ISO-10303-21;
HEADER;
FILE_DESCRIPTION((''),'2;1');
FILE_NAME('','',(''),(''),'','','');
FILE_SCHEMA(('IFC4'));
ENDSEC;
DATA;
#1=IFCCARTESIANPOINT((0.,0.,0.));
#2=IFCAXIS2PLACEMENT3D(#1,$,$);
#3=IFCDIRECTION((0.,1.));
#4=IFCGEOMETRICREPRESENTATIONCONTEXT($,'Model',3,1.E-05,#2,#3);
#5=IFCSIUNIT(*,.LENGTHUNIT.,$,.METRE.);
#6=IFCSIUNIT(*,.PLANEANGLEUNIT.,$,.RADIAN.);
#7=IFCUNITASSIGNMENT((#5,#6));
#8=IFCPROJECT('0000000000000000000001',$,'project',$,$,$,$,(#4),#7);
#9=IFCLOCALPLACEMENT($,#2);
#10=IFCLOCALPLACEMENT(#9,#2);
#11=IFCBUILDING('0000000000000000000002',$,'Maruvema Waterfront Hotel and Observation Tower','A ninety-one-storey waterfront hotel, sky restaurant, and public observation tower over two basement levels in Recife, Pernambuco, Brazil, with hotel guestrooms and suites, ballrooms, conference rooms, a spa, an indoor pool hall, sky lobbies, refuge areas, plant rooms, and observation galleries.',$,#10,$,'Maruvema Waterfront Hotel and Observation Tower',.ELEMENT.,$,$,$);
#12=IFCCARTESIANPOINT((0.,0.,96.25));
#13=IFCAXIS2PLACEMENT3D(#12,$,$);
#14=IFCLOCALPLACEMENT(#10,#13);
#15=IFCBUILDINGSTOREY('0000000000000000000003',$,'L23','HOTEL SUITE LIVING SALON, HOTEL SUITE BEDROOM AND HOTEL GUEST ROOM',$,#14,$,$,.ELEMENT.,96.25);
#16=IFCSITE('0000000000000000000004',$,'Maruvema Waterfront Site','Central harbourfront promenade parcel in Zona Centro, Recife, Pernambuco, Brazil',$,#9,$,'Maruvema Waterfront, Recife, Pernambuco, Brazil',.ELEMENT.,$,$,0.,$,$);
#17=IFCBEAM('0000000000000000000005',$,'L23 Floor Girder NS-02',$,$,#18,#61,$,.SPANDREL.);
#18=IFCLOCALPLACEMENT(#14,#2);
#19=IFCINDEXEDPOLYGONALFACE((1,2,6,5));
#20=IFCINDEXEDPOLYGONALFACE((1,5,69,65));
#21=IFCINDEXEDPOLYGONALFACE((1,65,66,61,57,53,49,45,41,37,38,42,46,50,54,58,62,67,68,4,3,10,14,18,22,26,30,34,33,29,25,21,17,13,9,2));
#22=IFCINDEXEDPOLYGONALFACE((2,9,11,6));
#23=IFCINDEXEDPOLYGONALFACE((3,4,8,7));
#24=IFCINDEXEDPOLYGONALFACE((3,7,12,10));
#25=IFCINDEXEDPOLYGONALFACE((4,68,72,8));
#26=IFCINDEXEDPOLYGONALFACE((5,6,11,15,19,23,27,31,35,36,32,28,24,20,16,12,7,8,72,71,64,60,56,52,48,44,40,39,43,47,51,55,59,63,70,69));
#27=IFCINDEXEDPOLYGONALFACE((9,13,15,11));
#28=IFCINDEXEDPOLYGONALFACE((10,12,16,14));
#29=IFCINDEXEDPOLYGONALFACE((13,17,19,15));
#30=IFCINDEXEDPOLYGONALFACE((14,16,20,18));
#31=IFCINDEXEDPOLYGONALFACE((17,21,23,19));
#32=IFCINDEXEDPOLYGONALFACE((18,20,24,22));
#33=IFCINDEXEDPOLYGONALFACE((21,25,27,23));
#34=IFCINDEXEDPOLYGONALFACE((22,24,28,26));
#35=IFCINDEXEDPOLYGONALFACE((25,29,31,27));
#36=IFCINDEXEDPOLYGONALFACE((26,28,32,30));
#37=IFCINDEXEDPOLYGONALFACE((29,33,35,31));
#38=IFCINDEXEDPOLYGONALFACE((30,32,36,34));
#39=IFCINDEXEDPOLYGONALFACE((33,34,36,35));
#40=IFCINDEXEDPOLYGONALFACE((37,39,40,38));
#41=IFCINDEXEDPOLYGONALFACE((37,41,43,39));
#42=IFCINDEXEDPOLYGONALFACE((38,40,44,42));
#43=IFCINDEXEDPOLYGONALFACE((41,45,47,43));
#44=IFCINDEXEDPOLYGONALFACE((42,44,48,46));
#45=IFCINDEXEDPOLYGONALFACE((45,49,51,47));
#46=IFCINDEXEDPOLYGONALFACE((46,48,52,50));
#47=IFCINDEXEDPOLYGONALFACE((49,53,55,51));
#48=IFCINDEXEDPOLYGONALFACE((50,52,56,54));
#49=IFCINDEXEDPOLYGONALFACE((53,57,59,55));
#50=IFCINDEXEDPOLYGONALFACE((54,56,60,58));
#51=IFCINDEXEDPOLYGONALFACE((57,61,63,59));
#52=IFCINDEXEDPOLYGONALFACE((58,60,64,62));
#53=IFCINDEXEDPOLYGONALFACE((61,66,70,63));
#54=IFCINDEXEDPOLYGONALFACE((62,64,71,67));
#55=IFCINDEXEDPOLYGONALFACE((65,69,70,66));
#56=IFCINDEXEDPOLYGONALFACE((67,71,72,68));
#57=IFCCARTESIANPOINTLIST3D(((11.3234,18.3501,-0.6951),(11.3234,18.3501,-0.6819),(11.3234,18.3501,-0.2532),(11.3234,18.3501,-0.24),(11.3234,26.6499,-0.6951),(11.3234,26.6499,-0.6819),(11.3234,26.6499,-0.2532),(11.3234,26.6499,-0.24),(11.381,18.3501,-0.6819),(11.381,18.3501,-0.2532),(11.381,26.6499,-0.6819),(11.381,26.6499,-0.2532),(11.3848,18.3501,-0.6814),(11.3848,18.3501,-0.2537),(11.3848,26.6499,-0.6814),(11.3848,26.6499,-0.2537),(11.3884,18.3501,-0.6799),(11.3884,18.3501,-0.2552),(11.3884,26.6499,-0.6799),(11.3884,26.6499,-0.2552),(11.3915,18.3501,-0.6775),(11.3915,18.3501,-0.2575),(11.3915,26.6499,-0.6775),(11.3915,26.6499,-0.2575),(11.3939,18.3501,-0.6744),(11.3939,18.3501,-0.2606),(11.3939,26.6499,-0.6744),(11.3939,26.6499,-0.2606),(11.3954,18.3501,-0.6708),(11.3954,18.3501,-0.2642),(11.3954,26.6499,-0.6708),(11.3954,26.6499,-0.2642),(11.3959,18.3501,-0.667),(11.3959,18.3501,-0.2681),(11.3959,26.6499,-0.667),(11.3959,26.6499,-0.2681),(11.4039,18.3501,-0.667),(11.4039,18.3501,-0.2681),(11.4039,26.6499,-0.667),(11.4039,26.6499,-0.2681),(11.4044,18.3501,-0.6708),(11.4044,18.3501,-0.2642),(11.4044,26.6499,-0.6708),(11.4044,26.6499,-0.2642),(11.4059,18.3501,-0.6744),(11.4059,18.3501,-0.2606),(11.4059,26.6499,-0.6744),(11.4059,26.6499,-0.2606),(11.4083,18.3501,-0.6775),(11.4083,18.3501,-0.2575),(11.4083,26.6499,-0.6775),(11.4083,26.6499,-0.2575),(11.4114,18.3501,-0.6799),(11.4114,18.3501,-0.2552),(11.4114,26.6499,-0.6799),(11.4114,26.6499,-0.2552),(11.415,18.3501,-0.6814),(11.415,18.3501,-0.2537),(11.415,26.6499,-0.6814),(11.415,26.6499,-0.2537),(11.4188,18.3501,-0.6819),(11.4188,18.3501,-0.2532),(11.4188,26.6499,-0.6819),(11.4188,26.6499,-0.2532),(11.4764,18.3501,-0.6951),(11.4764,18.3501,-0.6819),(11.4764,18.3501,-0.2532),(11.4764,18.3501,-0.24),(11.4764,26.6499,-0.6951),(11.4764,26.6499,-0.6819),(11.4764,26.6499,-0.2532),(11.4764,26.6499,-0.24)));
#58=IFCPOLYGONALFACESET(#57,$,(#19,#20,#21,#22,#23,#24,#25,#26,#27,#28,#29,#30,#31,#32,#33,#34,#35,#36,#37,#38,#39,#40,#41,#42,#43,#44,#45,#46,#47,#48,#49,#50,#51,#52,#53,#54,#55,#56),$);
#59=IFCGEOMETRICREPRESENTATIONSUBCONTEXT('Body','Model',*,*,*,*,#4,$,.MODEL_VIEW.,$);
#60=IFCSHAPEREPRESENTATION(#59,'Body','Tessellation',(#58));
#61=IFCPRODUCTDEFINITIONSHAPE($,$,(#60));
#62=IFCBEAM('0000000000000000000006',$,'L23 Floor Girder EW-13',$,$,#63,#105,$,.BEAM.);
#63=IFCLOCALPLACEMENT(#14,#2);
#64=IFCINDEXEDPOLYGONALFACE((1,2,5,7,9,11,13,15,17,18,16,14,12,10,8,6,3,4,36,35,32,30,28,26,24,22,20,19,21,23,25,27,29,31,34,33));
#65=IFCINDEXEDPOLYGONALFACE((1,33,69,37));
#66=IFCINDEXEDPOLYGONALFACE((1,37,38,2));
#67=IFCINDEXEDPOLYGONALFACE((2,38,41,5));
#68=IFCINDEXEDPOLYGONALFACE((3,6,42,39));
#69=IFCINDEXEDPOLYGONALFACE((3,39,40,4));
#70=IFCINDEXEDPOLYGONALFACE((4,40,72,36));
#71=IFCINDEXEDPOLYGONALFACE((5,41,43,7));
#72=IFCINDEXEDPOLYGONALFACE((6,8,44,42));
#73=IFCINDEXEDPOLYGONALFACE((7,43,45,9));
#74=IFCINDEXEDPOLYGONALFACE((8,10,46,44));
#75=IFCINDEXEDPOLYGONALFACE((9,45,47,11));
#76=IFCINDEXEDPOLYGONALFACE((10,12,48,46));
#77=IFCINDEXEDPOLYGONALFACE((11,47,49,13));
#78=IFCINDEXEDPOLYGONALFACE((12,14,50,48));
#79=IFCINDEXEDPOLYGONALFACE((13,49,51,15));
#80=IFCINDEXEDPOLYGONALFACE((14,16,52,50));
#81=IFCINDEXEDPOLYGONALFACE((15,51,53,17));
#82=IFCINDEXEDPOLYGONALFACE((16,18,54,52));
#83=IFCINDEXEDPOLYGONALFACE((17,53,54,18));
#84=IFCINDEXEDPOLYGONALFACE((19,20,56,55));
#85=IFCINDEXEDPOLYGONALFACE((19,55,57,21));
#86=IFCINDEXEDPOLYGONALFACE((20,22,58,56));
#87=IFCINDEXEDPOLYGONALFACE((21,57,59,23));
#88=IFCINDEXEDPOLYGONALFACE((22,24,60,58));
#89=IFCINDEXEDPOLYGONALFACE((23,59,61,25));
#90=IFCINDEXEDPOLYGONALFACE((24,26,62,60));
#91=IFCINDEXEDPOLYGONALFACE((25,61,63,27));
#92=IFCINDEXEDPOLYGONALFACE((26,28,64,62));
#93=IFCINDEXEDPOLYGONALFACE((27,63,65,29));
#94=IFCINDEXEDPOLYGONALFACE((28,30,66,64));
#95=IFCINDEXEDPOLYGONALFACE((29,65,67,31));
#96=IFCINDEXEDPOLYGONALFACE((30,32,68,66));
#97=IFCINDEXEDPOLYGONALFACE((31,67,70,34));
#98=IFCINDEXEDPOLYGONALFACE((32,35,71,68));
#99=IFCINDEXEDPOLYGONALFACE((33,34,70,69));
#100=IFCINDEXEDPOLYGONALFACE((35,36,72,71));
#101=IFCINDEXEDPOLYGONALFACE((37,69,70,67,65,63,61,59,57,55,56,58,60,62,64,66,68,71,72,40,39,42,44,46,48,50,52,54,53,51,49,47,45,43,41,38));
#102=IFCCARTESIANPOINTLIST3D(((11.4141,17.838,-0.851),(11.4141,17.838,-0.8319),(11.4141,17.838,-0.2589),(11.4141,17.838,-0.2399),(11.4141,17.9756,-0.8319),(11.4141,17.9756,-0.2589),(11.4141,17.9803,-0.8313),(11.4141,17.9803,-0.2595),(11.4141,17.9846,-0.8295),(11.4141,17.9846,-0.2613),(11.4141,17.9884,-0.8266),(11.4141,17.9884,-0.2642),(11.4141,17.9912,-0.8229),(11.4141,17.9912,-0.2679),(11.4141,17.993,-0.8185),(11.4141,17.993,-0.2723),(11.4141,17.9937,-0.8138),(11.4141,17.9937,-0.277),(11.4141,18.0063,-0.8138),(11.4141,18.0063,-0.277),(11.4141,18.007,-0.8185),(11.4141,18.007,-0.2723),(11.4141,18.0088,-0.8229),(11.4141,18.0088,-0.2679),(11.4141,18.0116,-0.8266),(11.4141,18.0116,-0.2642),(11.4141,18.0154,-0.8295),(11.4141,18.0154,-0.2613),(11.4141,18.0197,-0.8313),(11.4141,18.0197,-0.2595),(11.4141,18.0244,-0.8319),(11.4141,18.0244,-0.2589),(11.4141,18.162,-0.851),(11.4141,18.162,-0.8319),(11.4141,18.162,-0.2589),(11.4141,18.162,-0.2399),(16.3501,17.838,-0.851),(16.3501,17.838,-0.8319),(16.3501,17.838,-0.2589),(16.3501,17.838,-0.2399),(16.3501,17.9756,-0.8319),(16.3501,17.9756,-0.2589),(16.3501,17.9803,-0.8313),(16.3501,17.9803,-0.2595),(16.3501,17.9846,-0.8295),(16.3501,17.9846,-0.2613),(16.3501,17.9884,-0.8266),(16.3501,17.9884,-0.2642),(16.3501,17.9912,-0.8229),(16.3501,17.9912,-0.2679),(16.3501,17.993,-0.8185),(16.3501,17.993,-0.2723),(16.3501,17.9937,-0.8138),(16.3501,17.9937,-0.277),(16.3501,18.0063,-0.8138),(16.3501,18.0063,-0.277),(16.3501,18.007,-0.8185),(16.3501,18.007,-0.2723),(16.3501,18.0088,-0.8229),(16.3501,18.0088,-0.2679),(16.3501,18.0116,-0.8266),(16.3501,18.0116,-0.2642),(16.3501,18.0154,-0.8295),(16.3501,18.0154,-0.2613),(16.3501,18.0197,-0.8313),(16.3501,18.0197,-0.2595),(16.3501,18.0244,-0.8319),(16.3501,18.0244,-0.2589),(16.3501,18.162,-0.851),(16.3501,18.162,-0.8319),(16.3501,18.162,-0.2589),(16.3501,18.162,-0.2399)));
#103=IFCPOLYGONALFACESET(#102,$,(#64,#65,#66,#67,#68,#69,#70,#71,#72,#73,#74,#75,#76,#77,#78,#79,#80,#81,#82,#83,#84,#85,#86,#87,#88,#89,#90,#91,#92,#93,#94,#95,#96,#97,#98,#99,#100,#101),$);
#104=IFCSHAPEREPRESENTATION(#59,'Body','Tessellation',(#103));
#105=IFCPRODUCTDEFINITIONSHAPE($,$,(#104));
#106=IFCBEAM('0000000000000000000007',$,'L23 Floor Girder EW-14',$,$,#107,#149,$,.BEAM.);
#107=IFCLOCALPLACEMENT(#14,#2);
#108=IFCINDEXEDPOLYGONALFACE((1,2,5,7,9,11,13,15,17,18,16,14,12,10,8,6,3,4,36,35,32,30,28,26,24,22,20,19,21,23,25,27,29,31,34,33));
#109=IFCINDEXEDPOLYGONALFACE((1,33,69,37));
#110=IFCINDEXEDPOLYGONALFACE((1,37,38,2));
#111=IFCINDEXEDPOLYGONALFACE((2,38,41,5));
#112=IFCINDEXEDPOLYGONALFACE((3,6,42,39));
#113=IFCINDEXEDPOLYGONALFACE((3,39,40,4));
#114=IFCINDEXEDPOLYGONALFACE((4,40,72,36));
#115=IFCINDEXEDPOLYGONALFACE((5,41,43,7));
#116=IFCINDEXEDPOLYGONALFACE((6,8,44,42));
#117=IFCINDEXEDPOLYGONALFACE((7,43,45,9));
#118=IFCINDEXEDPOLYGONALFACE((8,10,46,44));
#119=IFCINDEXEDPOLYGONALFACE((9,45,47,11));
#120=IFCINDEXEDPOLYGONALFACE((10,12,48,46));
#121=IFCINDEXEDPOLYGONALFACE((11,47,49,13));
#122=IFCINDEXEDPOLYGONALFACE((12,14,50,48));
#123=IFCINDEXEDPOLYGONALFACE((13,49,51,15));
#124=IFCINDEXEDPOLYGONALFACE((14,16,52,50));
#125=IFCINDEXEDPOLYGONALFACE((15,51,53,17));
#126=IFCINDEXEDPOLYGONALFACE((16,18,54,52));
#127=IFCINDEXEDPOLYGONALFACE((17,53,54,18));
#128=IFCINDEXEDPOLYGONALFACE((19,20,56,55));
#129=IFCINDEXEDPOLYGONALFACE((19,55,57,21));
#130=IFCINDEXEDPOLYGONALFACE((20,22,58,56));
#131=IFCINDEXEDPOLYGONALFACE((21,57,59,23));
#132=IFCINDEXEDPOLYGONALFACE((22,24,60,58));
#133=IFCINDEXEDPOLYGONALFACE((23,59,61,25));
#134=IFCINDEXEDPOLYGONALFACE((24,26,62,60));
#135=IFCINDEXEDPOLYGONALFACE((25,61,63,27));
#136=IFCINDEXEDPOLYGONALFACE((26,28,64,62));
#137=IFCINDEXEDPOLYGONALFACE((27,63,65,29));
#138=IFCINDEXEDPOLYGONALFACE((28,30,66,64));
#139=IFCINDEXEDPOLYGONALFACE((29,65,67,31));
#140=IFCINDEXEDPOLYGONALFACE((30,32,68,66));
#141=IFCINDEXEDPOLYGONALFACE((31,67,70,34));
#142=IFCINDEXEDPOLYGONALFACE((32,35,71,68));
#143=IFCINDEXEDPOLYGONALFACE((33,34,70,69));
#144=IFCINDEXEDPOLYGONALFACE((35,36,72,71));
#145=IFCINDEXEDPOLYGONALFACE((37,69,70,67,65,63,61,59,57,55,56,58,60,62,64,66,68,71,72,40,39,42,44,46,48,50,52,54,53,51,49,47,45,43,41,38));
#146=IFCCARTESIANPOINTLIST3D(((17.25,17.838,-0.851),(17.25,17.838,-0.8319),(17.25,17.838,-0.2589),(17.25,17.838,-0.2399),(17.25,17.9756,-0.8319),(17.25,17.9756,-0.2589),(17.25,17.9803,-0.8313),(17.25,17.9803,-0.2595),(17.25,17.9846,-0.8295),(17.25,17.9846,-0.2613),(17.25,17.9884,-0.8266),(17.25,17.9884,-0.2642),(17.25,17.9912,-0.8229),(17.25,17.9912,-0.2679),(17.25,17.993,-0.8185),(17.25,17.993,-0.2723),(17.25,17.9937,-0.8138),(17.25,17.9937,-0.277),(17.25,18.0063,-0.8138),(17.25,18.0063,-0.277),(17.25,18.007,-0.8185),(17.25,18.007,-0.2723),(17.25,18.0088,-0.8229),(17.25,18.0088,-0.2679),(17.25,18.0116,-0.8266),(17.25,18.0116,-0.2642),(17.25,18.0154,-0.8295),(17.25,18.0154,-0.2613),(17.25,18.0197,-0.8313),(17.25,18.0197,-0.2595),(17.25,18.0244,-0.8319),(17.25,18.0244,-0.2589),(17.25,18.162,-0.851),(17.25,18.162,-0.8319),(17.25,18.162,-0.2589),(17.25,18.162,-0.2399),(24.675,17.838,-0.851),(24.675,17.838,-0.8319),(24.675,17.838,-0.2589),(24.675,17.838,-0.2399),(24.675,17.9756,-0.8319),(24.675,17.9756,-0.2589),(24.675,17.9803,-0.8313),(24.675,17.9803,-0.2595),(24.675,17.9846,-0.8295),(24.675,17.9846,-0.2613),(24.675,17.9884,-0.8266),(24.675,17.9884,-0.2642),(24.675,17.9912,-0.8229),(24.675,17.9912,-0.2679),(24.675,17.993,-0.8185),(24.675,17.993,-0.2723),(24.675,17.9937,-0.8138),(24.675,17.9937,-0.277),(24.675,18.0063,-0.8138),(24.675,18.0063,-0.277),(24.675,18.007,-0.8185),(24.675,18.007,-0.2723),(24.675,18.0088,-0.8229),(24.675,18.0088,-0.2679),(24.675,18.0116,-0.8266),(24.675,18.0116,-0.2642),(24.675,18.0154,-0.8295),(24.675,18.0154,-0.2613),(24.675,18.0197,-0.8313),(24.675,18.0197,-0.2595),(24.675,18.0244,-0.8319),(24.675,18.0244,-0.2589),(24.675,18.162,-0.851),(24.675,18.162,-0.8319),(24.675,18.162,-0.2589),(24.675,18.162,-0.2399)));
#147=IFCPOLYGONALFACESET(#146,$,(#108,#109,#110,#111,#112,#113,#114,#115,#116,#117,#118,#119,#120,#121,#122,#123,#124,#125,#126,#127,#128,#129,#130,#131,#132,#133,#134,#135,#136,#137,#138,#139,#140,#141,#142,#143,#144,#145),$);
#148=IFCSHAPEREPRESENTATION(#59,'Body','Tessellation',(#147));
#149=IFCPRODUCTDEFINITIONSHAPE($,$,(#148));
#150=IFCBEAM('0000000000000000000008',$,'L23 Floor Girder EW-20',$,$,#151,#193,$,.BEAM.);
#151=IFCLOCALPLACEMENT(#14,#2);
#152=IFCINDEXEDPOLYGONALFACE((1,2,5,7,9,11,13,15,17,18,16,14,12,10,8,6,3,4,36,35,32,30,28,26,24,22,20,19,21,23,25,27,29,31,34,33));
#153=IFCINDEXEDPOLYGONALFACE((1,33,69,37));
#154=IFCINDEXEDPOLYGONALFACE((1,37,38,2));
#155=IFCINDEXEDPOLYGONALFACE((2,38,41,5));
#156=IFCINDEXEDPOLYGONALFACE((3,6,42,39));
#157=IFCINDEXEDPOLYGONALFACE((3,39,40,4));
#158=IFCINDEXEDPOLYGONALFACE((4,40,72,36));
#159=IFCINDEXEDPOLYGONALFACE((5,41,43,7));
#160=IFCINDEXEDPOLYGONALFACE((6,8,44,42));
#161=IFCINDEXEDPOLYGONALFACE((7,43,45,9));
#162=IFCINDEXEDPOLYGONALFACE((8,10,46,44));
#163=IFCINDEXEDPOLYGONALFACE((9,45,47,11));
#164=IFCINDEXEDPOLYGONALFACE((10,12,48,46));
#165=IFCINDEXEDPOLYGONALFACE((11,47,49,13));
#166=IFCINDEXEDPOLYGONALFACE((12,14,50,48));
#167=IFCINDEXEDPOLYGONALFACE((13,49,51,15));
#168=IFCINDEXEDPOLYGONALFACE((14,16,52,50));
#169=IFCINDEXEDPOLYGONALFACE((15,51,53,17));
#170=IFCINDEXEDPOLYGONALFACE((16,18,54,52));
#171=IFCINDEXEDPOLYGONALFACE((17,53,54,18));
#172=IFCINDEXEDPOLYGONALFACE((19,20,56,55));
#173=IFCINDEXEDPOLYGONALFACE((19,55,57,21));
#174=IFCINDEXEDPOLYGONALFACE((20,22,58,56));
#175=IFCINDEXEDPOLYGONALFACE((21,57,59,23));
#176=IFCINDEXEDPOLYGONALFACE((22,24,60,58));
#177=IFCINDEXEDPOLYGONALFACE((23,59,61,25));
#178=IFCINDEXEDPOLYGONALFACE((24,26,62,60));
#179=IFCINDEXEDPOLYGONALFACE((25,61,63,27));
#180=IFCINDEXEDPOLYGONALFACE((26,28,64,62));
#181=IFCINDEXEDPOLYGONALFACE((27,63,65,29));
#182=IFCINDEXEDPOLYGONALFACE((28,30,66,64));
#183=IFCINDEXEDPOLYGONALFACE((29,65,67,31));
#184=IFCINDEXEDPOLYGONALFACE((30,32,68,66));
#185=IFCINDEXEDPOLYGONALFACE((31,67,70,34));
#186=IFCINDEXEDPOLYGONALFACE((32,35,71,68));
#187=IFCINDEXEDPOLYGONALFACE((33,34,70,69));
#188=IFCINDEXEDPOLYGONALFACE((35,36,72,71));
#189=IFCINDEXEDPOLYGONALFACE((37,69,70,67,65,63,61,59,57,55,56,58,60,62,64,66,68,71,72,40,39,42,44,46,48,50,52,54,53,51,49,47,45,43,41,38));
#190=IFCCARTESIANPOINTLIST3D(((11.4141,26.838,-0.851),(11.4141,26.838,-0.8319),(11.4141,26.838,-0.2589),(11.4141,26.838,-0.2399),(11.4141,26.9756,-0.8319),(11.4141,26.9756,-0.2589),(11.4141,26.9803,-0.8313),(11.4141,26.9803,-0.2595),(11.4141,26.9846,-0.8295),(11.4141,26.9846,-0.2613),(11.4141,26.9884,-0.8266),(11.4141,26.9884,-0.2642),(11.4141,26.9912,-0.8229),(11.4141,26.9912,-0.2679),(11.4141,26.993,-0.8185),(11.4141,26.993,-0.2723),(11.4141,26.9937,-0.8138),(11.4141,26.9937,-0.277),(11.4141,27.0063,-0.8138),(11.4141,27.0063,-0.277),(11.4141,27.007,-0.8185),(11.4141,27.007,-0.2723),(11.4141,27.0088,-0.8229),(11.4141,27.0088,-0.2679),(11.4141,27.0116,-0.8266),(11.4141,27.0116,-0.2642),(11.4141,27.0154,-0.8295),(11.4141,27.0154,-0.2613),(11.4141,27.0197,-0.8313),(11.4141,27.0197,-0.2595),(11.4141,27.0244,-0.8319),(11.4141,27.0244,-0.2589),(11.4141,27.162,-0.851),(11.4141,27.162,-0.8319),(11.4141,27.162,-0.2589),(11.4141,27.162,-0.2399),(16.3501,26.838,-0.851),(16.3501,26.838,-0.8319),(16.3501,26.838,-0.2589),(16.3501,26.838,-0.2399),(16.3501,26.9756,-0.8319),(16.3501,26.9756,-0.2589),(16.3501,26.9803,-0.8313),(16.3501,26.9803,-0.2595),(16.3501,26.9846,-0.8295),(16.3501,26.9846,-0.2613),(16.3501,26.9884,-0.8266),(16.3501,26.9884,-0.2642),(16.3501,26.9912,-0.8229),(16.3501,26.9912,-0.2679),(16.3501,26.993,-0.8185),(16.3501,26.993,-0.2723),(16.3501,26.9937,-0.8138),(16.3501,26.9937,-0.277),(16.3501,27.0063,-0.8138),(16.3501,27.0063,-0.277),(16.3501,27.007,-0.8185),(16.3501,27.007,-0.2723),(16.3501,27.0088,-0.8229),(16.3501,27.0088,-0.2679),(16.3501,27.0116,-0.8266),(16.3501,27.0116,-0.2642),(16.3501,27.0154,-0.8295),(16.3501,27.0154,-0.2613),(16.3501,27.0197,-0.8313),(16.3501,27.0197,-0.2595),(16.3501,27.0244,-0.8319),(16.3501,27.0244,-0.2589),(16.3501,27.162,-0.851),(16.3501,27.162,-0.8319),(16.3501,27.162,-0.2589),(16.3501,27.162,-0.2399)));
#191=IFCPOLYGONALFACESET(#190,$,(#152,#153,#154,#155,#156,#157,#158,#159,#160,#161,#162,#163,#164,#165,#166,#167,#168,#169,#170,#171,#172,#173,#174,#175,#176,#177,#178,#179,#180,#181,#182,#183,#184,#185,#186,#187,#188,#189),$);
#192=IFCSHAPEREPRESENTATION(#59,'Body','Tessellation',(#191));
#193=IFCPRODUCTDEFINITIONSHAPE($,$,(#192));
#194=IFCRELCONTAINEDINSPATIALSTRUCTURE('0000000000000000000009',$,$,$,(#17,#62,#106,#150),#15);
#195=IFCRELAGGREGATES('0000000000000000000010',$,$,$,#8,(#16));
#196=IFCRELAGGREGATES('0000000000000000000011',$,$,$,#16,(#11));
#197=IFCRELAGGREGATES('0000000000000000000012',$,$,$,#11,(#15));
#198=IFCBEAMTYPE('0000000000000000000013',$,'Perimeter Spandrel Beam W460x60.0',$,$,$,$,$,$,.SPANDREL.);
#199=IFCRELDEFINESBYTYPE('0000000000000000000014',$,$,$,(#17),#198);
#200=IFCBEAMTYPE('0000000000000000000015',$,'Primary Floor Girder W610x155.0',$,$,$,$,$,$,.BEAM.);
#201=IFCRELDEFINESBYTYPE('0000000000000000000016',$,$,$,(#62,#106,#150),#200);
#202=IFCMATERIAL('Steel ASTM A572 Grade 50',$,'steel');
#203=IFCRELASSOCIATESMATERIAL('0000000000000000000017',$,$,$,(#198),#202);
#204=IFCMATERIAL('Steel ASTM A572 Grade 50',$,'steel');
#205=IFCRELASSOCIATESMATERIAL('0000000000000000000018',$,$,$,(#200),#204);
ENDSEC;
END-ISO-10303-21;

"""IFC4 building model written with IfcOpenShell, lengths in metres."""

from ifc_helpers import new_model, si_unit, direction, frame, origin, origin_2d, place, context, subcontext, project, spatial, i_section, extrude, material, material_profile, profile_set, type_object, element, save


model = new_model("IFC4")

# Units and contexts
model_context = context("Model", 3, precision=1e-05, world=origin(), true_north=direction((0.0, 1.0)))
body_context = subcontext(model_context, "Body", "Model", "MODEL_VIEW")
ifc_project = project(units=[si_unit("LENGTHUNIT", "METRE"), si_unit("PLANEANGLEUNIT", "RADIAN")], contexts=[model_context])

# Site, building, storey
site_placement = place(None, origin())
site = spatial("IfcSite", under=ifc_project, at=site_placement, Name="Maruvema Waterfront Site", Description="Central harbourfront promenade parcel in Zona Centro, Recife, Pernambuco, Brazil", LongName="Maruvema Waterfront, Recife, Pernambuco, Brazil", CompositionType="ELEMENT", RefElevation=0.0)
building_placement = place(site_placement, origin())
building = spatial("IfcBuilding", under=site, at=building_placement, Name="Maruvema Waterfront Hotel and Observation Tower", Description="A ninety-one-storey waterfront hotel, sky restaurant, and public observation tower over two basement levels in Recife, Pernambuco, Brazil, with hotel guestrooms and suites, ballrooms, conference rooms, a spa, an indoor pool hall, sky lobbies, refuge areas, plant rooms, and observation galleries.", LongName="Maruvema Waterfront Hotel and Observation Tower", CompositionType="ELEMENT")
storey_placement = place(building_placement, frame((0.0, 0.0, 96.25)))
storey = spatial("IfcBuildingStorey", under=building, at=storey_placement, Name="L23", Description="HOTEL SUITE LIVING SALON, HOTEL SUITE BEDROOM AND HOTEL GUEST ROOM", CompositionType="ELEMENT", Elevation=96.25)

# Beams
ifc_material_1 = material(Name="Steel ASTM A572 Grade 50", Category="steel")
ifc_material_profile_1 = material_profile(ifc_material_1, i_section(OverallWidth=0.1531, OverallDepth=0.4551, WebThickness=0.0081, FlangeThickness=0.0132, FilletRadius=0.0149, at=origin_2d()), Name="W460x60.0")
ifc_profile_set_1 = profile_set([ifc_material_profile_1], Name="Steel ASTM A572 Grade 50")
beam_type_1 = type_object("IfcBeamType", Name="Perimeter Spandrel Beam W460x60.0", PredefinedType="SPANDREL", material=ifc_profile_set_1)
beam_1_placement = place(storey_placement, frame((11.3999, 18.3501, -0.4675), z_axis=(0.0, 1.0, 0.0), x_axis=(-1.0, 0.0, 0.0)))
element("IfcBeam", 1, at=beam_1_placement, inside=storey, type_object=beam_type_1, Name="L23 Floor Girder NS-02", PredefinedType="SPANDREL", context=body_context, shape_type="SweptSolid", body=[
    extrude(i_section(OverallWidth=0.1531, OverallDepth=0.4551, WebThickness=0.0081, FlangeThickness=0.0132, FilletRadius=0.0149, at=origin_2d()), origin(), (0.0, 0.0, 1.0), 8.2998),
])
ifc_material_2 = material(Name="Steel ASTM A572 Grade 50", Category="steel")
ifc_material_profile_2 = material_profile(ifc_material_2, i_section(OverallWidth=0.324, OverallDepth=0.6111, WebThickness=0.0127, FlangeThickness=0.019, FilletRadius=0.0181, at=origin_2d()), Name="W610x155.0")
ifc_profile_set_2 = profile_set([ifc_material_profile_2], Name="Steel ASTM A572 Grade 50")
beam_type_2 = type_object("IfcBeamType", Name="Primary Floor Girder W610x155.0", PredefinedType="BEAM", material=ifc_profile_set_2)
beam_2_placement = place(storey_placement, frame((11.4141, 18.0, -0.5454), z_axis=(1.0, 0.0, 0.0), x_axis=(0.0, 1.0, 0.0)))
element("IfcBeam", 2, at=beam_2_placement, inside=storey, type_object=beam_type_2, Name="L23 Floor Girder EW-13", PredefinedType="BEAM", context=body_context, shape_type="SweptSolid", body=[
    extrude(i_section(OverallWidth=0.324, OverallDepth=0.6111, WebThickness=0.0127, FlangeThickness=0.019, FilletRadius=0.0181, at=origin_2d()), origin(), (0.0, 0.0, 1.0), 4.936),
])
beam_3_placement = place(storey_placement, frame((17.25, 18.0, -0.5454), z_axis=(1.0, 0.0, 0.0), x_axis=(0.0, 1.0, 0.0)))
element("IfcBeam", 3, at=beam_3_placement, inside=storey, type_object=beam_type_2, Name="L23 Floor Girder EW-14", PredefinedType="BEAM", context=body_context, shape_type="SweptSolid", body=[
    extrude(i_section(OverallWidth=0.324, OverallDepth=0.6111, WebThickness=0.0127, FlangeThickness=0.019, FilletRadius=0.0181, at=origin_2d()), origin(), (0.0, 0.0, 1.0), 7.425),
])
beam_4_placement = place(storey_placement, frame((11.4141, 27.0, -0.5454), z_axis=(1.0, 0.0, 0.0), x_axis=(0.0, 1.0, 0.0)))
element("IfcBeam", 4, at=beam_4_placement, inside=storey, type_object=beam_type_2, Name="L23 Floor Girder EW-20", PredefinedType="BEAM", context=body_context, shape_type="SweptSolid", body=[
    extrude(i_section(OverallWidth=0.324, OverallDepth=0.6111, WebThickness=0.0127, FlangeThickness=0.019, FilletRadius=0.0181, at=origin_2d()), origin(), (0.0, 0.0, 1.0), 4.936),
])

save(model, "model.ifc")
